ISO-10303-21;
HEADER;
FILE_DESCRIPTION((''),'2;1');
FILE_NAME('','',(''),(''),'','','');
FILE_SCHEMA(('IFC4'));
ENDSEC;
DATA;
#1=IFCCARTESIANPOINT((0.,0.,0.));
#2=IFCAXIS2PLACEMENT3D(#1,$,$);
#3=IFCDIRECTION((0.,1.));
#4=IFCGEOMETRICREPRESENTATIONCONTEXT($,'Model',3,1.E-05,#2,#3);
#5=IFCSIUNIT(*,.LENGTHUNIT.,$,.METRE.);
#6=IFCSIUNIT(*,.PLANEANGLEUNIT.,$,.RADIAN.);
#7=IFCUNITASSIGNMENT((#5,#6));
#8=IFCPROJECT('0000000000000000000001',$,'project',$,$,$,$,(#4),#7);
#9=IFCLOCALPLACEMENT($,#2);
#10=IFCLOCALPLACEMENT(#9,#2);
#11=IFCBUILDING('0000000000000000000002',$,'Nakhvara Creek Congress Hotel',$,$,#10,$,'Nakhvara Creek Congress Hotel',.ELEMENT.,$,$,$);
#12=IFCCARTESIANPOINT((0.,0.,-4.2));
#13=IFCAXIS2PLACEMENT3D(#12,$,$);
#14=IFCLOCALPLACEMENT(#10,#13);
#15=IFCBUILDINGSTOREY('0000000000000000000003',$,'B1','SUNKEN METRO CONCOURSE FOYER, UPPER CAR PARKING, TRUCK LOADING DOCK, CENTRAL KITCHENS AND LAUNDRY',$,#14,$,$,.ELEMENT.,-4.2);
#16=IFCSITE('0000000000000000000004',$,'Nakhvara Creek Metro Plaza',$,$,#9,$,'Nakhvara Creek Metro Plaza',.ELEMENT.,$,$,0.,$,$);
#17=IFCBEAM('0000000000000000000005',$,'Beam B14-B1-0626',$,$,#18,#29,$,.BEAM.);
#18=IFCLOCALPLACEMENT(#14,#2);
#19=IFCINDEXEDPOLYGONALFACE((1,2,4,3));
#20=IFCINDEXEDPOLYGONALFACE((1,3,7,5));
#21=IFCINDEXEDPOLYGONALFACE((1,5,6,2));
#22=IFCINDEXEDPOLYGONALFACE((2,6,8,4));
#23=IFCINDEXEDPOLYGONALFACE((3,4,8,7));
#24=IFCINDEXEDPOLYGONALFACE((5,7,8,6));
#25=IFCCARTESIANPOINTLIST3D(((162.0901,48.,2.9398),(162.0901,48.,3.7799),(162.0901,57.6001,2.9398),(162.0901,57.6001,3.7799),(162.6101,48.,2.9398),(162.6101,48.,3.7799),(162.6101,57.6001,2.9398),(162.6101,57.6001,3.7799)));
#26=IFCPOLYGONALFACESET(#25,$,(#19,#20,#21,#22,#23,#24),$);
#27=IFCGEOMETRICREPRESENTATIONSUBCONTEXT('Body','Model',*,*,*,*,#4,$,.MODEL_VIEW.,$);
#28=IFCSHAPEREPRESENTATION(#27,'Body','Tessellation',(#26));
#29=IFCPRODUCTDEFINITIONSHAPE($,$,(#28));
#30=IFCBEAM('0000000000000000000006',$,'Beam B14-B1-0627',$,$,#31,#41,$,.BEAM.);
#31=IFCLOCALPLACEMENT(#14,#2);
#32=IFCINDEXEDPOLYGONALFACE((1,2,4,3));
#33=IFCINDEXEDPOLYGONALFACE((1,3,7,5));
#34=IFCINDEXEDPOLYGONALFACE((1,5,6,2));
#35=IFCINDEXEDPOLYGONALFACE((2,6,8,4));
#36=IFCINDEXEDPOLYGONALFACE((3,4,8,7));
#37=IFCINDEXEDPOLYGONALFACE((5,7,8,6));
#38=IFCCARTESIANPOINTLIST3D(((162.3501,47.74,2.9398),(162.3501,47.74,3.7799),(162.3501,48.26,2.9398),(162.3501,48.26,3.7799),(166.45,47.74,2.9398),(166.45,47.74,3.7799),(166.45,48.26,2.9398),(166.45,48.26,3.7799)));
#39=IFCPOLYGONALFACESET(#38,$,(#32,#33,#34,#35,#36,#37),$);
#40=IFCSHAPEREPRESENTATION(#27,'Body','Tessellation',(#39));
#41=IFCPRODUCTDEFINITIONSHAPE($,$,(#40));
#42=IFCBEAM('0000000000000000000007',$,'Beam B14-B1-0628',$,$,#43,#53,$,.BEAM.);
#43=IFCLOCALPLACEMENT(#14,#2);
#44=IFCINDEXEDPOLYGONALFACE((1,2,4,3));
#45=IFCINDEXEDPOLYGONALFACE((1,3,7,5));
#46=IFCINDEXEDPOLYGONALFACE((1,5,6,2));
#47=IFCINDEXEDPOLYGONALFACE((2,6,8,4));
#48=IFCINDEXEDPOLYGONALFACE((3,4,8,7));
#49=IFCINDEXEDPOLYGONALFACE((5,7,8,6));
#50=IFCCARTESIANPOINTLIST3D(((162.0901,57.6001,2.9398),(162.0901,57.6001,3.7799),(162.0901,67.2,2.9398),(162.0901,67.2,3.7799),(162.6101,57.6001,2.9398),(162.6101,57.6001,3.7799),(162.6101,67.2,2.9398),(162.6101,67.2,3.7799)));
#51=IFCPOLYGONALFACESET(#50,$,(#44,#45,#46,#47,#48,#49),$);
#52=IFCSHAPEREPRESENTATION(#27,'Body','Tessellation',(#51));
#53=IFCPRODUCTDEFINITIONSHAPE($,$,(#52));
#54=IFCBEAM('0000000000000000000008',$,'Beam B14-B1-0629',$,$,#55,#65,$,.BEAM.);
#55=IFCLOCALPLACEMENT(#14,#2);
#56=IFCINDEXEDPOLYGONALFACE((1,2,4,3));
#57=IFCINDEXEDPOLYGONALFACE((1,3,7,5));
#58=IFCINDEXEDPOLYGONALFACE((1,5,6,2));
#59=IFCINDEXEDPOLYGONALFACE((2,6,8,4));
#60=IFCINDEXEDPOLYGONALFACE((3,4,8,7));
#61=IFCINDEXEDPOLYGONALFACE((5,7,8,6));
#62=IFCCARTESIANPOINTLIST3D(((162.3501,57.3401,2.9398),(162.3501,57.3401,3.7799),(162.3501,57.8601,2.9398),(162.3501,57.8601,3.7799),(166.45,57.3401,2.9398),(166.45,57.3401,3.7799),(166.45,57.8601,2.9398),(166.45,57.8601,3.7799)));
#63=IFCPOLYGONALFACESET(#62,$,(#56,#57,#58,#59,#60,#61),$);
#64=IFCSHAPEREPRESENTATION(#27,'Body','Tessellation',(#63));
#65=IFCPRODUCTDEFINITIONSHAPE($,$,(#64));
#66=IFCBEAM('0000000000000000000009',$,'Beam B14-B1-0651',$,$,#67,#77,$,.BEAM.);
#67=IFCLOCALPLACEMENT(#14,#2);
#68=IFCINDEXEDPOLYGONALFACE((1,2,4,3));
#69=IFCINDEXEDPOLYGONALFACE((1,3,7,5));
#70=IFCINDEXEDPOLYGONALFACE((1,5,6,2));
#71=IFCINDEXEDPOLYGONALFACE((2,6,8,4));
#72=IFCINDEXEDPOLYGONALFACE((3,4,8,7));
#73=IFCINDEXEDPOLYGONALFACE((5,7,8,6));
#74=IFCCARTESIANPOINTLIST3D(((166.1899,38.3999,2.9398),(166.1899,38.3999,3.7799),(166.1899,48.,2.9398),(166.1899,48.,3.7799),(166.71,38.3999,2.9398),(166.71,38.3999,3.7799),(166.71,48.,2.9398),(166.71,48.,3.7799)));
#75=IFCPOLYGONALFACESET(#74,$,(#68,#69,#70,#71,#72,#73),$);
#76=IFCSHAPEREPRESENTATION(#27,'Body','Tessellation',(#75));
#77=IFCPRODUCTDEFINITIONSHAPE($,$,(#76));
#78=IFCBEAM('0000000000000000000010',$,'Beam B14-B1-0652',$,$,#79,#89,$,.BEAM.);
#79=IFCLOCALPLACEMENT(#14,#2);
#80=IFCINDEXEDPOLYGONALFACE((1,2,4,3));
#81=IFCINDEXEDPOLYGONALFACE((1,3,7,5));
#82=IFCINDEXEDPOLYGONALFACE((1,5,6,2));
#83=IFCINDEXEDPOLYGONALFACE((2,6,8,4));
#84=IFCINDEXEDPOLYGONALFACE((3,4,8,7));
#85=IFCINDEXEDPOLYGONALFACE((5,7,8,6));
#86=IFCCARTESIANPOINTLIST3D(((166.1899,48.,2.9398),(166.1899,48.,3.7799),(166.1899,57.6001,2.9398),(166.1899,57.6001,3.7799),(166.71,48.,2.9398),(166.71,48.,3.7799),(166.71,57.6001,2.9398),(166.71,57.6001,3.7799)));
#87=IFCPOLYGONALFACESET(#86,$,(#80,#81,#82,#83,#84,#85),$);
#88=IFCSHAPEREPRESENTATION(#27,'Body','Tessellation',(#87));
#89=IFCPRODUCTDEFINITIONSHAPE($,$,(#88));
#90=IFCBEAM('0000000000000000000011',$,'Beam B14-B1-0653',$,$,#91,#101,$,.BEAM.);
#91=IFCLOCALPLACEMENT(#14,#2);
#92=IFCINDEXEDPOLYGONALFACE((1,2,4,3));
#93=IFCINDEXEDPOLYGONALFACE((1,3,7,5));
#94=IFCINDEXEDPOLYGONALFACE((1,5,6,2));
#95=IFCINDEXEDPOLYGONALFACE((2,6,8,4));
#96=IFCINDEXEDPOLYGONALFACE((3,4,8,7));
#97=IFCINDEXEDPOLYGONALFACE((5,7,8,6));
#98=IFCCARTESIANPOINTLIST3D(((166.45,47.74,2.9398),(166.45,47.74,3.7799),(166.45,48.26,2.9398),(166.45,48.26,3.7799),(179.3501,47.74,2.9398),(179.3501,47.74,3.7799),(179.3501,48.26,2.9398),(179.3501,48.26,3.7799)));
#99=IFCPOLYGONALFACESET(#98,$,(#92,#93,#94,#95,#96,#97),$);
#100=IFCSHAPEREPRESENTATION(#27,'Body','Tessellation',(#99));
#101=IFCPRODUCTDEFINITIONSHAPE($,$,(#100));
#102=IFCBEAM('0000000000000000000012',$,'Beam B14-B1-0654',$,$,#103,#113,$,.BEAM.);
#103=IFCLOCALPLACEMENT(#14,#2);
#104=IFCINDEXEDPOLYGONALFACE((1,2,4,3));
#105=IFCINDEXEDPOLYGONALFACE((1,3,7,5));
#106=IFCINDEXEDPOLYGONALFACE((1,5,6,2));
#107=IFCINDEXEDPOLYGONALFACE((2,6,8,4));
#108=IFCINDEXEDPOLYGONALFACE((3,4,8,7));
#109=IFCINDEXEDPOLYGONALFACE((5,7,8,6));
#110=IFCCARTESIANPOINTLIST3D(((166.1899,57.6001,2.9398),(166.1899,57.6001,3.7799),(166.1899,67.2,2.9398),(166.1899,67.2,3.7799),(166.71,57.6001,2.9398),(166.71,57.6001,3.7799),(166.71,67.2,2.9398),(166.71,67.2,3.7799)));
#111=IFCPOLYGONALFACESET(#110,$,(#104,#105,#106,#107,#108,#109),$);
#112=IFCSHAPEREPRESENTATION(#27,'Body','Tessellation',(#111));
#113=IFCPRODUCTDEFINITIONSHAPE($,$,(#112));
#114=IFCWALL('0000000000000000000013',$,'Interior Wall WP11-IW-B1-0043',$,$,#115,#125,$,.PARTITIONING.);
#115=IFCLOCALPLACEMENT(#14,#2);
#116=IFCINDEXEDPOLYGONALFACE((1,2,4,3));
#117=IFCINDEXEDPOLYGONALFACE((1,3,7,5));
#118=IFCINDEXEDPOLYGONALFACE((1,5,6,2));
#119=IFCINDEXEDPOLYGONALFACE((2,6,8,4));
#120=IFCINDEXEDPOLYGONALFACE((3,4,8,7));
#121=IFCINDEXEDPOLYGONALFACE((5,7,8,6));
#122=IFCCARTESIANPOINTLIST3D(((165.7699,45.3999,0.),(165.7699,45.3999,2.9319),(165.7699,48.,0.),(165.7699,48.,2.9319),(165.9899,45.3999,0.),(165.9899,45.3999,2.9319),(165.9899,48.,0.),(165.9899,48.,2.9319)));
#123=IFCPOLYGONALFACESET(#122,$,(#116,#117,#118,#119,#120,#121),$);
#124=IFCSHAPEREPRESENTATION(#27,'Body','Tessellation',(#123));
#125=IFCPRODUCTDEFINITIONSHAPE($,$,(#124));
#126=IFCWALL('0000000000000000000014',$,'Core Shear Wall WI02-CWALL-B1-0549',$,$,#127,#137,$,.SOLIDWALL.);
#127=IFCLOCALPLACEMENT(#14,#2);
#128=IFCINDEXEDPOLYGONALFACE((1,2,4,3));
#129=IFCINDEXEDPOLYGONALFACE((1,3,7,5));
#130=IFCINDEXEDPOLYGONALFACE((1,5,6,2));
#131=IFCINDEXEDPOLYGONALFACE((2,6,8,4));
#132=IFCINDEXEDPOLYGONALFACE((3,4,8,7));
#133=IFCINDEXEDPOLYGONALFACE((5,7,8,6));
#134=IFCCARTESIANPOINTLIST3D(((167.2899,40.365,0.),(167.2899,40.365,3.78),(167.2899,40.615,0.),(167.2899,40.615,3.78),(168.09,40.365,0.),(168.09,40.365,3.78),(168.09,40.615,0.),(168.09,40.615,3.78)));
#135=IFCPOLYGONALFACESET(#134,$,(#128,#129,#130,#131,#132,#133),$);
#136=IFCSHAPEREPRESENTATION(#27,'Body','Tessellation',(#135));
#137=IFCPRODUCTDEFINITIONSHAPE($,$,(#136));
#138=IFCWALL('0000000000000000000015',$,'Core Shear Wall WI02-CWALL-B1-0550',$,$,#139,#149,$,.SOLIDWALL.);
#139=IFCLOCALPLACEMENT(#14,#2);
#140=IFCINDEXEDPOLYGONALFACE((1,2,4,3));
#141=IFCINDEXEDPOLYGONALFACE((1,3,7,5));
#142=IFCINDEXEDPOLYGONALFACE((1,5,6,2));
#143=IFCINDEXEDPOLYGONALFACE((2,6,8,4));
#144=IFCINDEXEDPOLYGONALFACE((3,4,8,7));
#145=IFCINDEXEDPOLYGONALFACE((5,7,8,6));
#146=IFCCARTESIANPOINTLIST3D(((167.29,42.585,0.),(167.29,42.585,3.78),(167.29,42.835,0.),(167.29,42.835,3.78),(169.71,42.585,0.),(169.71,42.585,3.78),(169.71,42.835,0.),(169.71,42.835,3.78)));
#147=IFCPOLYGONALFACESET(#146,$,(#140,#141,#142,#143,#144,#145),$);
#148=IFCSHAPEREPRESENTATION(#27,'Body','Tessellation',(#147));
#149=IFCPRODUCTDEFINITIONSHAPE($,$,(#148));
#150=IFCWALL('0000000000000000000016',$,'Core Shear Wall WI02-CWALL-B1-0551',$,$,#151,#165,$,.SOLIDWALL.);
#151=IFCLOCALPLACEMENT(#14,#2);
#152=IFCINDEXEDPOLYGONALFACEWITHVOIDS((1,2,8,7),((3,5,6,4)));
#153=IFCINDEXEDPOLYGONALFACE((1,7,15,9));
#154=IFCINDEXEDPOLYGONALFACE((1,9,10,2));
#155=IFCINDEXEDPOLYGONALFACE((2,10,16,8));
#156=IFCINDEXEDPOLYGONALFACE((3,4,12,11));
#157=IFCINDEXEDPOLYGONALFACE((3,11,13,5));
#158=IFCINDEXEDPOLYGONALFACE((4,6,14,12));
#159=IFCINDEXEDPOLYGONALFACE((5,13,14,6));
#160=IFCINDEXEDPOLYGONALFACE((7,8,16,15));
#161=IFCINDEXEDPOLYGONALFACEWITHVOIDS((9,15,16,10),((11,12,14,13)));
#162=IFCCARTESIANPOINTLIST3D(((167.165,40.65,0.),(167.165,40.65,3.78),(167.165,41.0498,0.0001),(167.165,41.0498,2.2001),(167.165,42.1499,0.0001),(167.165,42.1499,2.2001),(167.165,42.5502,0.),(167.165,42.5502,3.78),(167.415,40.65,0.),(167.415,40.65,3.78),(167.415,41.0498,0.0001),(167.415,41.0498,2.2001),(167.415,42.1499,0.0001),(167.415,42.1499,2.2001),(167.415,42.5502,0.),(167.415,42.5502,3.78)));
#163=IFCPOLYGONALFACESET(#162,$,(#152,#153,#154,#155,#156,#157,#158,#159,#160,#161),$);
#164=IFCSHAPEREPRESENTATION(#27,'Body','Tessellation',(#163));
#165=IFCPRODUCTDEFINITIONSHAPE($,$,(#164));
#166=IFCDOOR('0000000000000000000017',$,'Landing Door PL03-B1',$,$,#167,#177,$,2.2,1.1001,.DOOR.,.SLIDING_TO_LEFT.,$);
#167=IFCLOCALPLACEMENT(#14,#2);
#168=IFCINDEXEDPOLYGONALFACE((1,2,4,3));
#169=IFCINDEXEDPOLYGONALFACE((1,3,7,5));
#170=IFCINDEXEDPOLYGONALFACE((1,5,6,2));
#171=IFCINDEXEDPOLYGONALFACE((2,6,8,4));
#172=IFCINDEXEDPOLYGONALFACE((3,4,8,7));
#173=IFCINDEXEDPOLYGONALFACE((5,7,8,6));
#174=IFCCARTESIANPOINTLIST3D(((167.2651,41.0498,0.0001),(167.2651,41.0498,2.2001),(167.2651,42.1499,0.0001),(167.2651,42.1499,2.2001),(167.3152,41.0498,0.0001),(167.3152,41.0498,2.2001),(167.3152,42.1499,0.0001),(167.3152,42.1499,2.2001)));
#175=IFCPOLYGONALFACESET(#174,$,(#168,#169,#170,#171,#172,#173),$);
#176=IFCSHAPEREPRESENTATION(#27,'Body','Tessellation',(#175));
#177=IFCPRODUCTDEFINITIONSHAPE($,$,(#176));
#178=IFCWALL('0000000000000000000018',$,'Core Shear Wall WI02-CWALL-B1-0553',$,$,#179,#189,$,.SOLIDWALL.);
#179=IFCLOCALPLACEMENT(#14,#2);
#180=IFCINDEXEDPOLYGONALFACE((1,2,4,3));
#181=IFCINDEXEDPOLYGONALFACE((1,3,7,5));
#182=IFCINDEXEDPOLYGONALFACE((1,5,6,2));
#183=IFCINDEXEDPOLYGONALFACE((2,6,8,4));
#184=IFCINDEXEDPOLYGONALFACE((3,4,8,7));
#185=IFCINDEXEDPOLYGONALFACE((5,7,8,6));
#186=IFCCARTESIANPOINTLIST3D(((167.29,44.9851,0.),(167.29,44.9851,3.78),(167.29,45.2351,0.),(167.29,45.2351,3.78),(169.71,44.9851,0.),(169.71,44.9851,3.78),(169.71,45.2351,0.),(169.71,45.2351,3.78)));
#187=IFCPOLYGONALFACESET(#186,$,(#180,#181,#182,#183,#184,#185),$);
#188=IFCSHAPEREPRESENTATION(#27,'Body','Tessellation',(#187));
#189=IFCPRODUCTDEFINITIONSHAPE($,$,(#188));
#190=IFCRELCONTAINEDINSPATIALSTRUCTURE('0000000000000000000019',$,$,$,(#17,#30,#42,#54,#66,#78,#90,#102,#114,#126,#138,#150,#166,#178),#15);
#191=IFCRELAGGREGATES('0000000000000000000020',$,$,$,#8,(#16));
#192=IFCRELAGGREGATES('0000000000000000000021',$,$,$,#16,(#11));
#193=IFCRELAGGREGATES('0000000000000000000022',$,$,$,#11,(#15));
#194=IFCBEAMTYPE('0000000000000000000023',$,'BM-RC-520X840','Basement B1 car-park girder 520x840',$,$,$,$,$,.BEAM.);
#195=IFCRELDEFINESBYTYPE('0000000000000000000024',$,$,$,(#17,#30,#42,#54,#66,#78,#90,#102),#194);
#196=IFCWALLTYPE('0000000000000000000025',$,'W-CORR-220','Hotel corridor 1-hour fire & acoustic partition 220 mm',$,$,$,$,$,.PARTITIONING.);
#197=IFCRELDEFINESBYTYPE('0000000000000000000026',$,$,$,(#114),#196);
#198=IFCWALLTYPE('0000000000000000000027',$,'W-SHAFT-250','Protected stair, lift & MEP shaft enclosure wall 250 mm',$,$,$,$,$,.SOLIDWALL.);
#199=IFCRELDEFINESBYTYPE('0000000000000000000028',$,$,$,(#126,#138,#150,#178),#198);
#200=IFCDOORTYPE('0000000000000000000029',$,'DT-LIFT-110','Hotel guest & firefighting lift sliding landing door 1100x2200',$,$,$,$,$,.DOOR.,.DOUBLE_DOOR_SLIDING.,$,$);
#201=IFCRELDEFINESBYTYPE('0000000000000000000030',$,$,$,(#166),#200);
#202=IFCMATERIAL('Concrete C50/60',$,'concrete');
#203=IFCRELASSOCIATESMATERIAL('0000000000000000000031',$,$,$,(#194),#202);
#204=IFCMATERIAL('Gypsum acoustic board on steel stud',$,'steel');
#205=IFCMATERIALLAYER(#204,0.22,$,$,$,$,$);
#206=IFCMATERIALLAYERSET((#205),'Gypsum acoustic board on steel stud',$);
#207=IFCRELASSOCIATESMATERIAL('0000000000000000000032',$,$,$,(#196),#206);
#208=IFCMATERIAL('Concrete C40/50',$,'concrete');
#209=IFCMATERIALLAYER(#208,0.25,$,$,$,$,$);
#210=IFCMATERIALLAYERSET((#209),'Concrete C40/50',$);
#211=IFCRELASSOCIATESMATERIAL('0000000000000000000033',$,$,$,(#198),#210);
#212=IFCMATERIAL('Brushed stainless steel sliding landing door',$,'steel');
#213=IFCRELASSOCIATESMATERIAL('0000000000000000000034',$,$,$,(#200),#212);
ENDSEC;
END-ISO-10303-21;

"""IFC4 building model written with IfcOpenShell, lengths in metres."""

from ifc_helpers import new_model, si_unit, direction, frame, frame_2d, origin, origin_2d, place, context, subcontext, project, spatial, rectangle, extrude, material, layer, layer_set, material_profile, profile_set, type_object, element, fill, save


model = new_model("IFC4")

# Units and contexts
model_context = context("Model", 3, precision=1e-05, world=origin(), true_north=direction((0.0, 1.0)))
body_context = subcontext(model_context, "Body", "Model", "MODEL_VIEW")
ifc_project = project(units=[si_unit("LENGTHUNIT", "METRE"), si_unit("PLANEANGLEUNIT", "RADIAN")], contexts=[model_context])

# Site, building, storey
site_placement = place(None, origin())
site = spatial("IfcSite", under=ifc_project, at=site_placement, Name="Nakhvara Creek Metro Plaza", LongName="Nakhvara Creek Metro Plaza", CompositionType="ELEMENT", RefElevation=0.0)
building_placement = place(site_placement, origin())
building = spatial("IfcBuilding", under=site, at=building_placement, Name="Nakhvara Creek Congress Hotel", LongName="Nakhvara Creek Congress Hotel", CompositionType="ELEMENT")
storey_placement = place(building_placement, frame((0.0, 0.0, -4.2)))
storey = spatial("IfcBuildingStorey", under=building, at=storey_placement, Name="B1", Description="SUNKEN METRO CONCOURSE FOYER, UPPER CAR PARKING, TRUCK LOADING DOCK, CENTRAL KITCHENS AND LAUNDRY", CompositionType="ELEMENT", Elevation=-4.2)

# Shared definitions
ifc_material_1 = material(Name="Concrete C50/60", Category="concrete")

# Beams
ifc_material_profile_1 = material_profile(ifc_material_1, rectangle(XDim=0.52, YDim=0.8401, at=origin_2d()), Name="RC-BM 520x840", Category="LoadBearing")
ifc_profile_set_1 = profile_set([ifc_material_profile_1], Name="Concrete C50/60")
beam_type = type_object("IfcBeamType", Name="BM-RC-520X840", Description="Basement B1 car-park girder 520x840", PredefinedType="BEAM", material=ifc_profile_set_1)
beam_1_placement = place(storey_placement, frame((162.3501, 48.0, 3.3599), z_axis=(0.0, 1.0, 0.0), x_axis=(-1.0, 0.0, 0.0)))
element("IfcBeam", 1, at=beam_1_placement, inside=storey, type_object=beam_type, Name="Beam B14-B1-0626", PredefinedType="BEAM", context=body_context, shape_type="SweptSolid", body=[
    extrude(rectangle(XDim=0.52, YDim=0.8401, at=origin_2d()), origin(), (0.0, 0.0, 1.0), 9.6001),
])
beam_2_placement = place(storey_placement, frame((162.3501, 48.0, 3.3599), z_axis=(1.0, 0.0, 0.0), x_axis=(0.0, 1.0, 0.0)))
element("IfcBeam", 2, at=beam_2_placement, inside=storey, type_object=beam_type, Name="Beam B14-B1-0627", PredefinedType="BEAM", context=body_context, shape_type="SweptSolid", body=[
    extrude(rectangle(XDim=0.52, YDim=0.8401, at=origin_2d()), origin(), (0.0, 0.0, 1.0), 4.0999),
])
beam_3_placement = place(storey_placement, frame((162.3501, 57.6001, 3.3599), z_axis=(0.0, 1.0, 0.0), x_axis=(-1.0, 0.0, 0.0)))
element("IfcBeam", 3, at=beam_3_placement, inside=storey, type_object=beam_type, Name="Beam B14-B1-0628", PredefinedType="BEAM", context=body_context, shape_type="SweptSolid", body=[
    extrude(rectangle(XDim=0.52, YDim=0.8401, at=origin_2d()), origin(), (0.0, 0.0, 1.0), 9.5999),
])
beam_4_placement = place(storey_placement, frame((162.3501, 57.6001, 3.3599), z_axis=(1.0, 0.0, 0.0), x_axis=(0.0, 1.0, 0.0)))
element("IfcBeam", 4, at=beam_4_placement, inside=storey, type_object=beam_type, Name="Beam B14-B1-0629", PredefinedType="BEAM", context=body_context, shape_type="SweptSolid", body=[
    extrude(rectangle(XDim=0.52, YDim=0.8401, at=origin_2d()), origin(), (0.0, 0.0, 1.0), 4.0999),
])
for number, where, z_axis, x_axis, name in (
    (5, (166.45, 38.3999, 3.3599), (0.0, 1.0, 0.0), (-1.0, 0.0, 0.0), "Beam B14-B1-0651"),
    (6, (166.45, 48.0, 3.3599), (0.0, 1.0, 0.0), (-1.0, 0.0, 0.0), "Beam B14-B1-0652"),
):
    element("IfcBeam", number, at=place(storey_placement, frame(where, z_axis=z_axis, x_axis=x_axis)), inside=storey, type_object=beam_type, Name=name, PredefinedType="BEAM", context=body_context, shape_type="SweptSolid", body=[
        extrude(rectangle(XDim=0.52, YDim=0.8401, at=origin_2d()), origin(), (0.0, 0.0, 1.0), 9.6001),
    ])
beam_5_placement = place(storey_placement, frame((166.45, 48.0, 3.3599), z_axis=(1.0, 0.0, 0.0), x_axis=(0.0, 1.0, 0.0)))
element("IfcBeam", 7, at=beam_5_placement, inside=storey, type_object=beam_type, Name="Beam B14-B1-0653", PredefinedType="BEAM", context=body_context, shape_type="SweptSolid", body=[
    extrude(rectangle(XDim=0.52, YDim=0.8401, at=origin_2d()), origin(), (0.0, 0.0, 1.0), 12.9001),
])
beam_6_placement = place(storey_placement, frame((166.45, 57.6001, 3.3599), z_axis=(0.0, 1.0, 0.0), x_axis=(-1.0, 0.0, 0.0)))
element("IfcBeam", 8, at=beam_6_placement, inside=storey, type_object=beam_type, Name="Beam B14-B1-0654", PredefinedType="BEAM", context=body_context, shape_type="SweptSolid", body=[
    extrude(rectangle(XDim=0.52, YDim=0.8401, at=origin_2d()), origin(), (0.0, 0.0, 1.0), 9.5999),
])

# Walls
ifc_material_2 = material(Name="Gypsum acoustic board on steel stud", Category="steel")
ifc_layer_1 = layer(ifc_material_2, 0.22)
ifc_layer_set_1 = layer_set([ifc_layer_1], Name="Gypsum acoustic board on steel stud")
wall_type_1 = type_object("IfcWallType", Name="W-CORR-220", Description="Hotel corridor 1-hour fire & acoustic partition 220 mm", PredefinedType="PARTITIONING", material=ifc_layer_set_1)
wall_1_placement = place(storey_placement, frame((165.8799, 45.3999, 0.0), z_axis=(0.0, 0.0, 1.0), x_axis=(0.0, 1.0, 0.0)))
element("IfcWall", 9, at=wall_1_placement, inside=storey, type_object=wall_type_1, Name="Interior Wall WP11-IW-B1-0043", PredefinedType="PARTITIONING", context=body_context, shape_type="SweptSolid", body=[
    extrude(rectangle(XDim=2.6001, YDim=0.22, at=frame_2d((1.3, 0.0))), origin(), (0.0, 0.0, 1.0), 2.9319),
])
ifc_material_3 = material(Name="Concrete C40/50", Category="concrete")
ifc_layer_2 = layer(ifc_material_3, 0.25)
ifc_layer_set_2 = layer_set([ifc_layer_2], Name="Concrete C40/50")
wall_type_2 = type_object("IfcWallType", Name="W-SHAFT-250", Description="Protected stair, lift & MEP shaft enclosure wall 250 mm", PredefinedType="SOLIDWALL", material=ifc_layer_set_2)
wall_2_placement = place(storey_placement, frame((167.29, 40.49, 0.0), z_axis=(0.0, 0.0, 1.0), x_axis=(1.0, 0.0, 0.0)))
element("IfcWall", 10, at=wall_2_placement, inside=storey, type_object=wall_type_2, Name="Core Shear Wall WI02-CWALL-B1-0549", PredefinedType="SOLIDWALL", context=body_context, shape_type="SweptSolid", body=[
    extrude(rectangle(XDim=0.8, YDim=0.25, at=frame_2d((0.3999, 0.0))), origin(), (0.0, 0.0, 1.0), 3.78),
])
wall_3_placement = place(storey_placement, frame((167.29, 42.71, 0.0), z_axis=(0.0, 0.0, 1.0), x_axis=(1.0, 0.0, 0.0)))
element("IfcWall", 11, at=wall_3_placement, inside=storey, type_object=wall_type_2, Name="Core Shear Wall WI02-CWALL-B1-0550", PredefinedType="SOLIDWALL", context=body_context, shape_type="SweptSolid", body=[
    extrude(rectangle(XDim=2.4199, YDim=0.25, at=frame_2d((1.21, 0.0))), origin(), (0.0, 0.0, 1.0), 3.78),
])

# Wall, opening, door
wall_4_placement = place(storey_placement, frame((167.29, 40.6499, 0.0), z_axis=(0.0, 0.0, 1.0), x_axis=(0.0, 1.0, 0.0)))
wall_4 = element("IfcWall", 12, at=wall_4_placement, inside=storey, type_object=wall_type_2, Name="Core Shear Wall WI02-CWALL-B1-0551", PredefinedType="SOLIDWALL", context=body_context, shape_type="SweptSolid", body=[
    extrude(rectangle(XDim=1.9001, YDim=0.25, at=frame_2d((0.9502, 0.0))), origin(), (0.0, 0.0, 1.0), 3.78),
])
opening_1_placement = place(wall_4_placement, frame((0.3999, 0.0, 0.0)))
opening_1 = element("IfcOpeningElement", 13, at=opening_1_placement, cuts=wall_4, PredefinedType="OPENING", context=body_context, shape_type="SweptSolid", body=[
    extrude(rectangle(XDim=1.1001, YDim=2.2, at=frame_2d((0.55, 1.1001))), frame((0.0, 0.137, 0.0), z_axis=(0.0, -1.0, 0.0), x_axis=(1.0, 0.0, 0.0)), (0.0, 0.0, 1.0), 0.2739),
])
ifc_material_4 = material(Name="Brushed stainless steel sliding landing door", Category="steel")
door_type = type_object("IfcDoorType", Name="DT-LIFT-110", Description="Hotel guest & firefighting lift sliding landing door 1100x2200", OperationType="DOUBLE_DOOR_SLIDING", PredefinedType="DOOR", material=ifc_material_4)
door_1_placement = place(opening_1_placement, origin())
door_1 = element("IfcDoor", 14, at=door_1_placement, inside=storey, type_object=door_type, Name="Landing Door PL03-B1", OperationType="SLIDING_TO_LEFT", OverallHeight=2.2, OverallWidth=1.1001, PredefinedType="DOOR", context=body_context, shape_type="SweptSolid", body=[
    extrude(rectangle(XDim=1.1001, YDim=2.2, at=frame_2d((0.55, 1.1001))), frame((0.0, 0.0249, 0.0), z_axis=(0.0, -1.0, 0.0), x_axis=(1.0, 0.0, 0.0)), (0.0, 0.0, 1.0), 0.05),
])
fill(opening_1, door_1)

# Wall
wall_5_placement = place(storey_placement, frame((167.29, 45.1101, 0.0), z_axis=(0.0, 0.0, 1.0), x_axis=(1.0, 0.0, 0.0)))
element("IfcWall", 15, at=wall_5_placement, inside=storey, type_object=wall_type_2, Name="Core Shear Wall WI02-CWALL-B1-0553", PredefinedType="SOLIDWALL", context=body_context, shape_type="SweptSolid", body=[
    extrude(rectangle(XDim=2.4199, YDim=0.25, at=frame_2d((1.21, 0.0))), origin(), (0.0, 0.0, 1.0), 3.78),
])

save(model, "model.ifc")
